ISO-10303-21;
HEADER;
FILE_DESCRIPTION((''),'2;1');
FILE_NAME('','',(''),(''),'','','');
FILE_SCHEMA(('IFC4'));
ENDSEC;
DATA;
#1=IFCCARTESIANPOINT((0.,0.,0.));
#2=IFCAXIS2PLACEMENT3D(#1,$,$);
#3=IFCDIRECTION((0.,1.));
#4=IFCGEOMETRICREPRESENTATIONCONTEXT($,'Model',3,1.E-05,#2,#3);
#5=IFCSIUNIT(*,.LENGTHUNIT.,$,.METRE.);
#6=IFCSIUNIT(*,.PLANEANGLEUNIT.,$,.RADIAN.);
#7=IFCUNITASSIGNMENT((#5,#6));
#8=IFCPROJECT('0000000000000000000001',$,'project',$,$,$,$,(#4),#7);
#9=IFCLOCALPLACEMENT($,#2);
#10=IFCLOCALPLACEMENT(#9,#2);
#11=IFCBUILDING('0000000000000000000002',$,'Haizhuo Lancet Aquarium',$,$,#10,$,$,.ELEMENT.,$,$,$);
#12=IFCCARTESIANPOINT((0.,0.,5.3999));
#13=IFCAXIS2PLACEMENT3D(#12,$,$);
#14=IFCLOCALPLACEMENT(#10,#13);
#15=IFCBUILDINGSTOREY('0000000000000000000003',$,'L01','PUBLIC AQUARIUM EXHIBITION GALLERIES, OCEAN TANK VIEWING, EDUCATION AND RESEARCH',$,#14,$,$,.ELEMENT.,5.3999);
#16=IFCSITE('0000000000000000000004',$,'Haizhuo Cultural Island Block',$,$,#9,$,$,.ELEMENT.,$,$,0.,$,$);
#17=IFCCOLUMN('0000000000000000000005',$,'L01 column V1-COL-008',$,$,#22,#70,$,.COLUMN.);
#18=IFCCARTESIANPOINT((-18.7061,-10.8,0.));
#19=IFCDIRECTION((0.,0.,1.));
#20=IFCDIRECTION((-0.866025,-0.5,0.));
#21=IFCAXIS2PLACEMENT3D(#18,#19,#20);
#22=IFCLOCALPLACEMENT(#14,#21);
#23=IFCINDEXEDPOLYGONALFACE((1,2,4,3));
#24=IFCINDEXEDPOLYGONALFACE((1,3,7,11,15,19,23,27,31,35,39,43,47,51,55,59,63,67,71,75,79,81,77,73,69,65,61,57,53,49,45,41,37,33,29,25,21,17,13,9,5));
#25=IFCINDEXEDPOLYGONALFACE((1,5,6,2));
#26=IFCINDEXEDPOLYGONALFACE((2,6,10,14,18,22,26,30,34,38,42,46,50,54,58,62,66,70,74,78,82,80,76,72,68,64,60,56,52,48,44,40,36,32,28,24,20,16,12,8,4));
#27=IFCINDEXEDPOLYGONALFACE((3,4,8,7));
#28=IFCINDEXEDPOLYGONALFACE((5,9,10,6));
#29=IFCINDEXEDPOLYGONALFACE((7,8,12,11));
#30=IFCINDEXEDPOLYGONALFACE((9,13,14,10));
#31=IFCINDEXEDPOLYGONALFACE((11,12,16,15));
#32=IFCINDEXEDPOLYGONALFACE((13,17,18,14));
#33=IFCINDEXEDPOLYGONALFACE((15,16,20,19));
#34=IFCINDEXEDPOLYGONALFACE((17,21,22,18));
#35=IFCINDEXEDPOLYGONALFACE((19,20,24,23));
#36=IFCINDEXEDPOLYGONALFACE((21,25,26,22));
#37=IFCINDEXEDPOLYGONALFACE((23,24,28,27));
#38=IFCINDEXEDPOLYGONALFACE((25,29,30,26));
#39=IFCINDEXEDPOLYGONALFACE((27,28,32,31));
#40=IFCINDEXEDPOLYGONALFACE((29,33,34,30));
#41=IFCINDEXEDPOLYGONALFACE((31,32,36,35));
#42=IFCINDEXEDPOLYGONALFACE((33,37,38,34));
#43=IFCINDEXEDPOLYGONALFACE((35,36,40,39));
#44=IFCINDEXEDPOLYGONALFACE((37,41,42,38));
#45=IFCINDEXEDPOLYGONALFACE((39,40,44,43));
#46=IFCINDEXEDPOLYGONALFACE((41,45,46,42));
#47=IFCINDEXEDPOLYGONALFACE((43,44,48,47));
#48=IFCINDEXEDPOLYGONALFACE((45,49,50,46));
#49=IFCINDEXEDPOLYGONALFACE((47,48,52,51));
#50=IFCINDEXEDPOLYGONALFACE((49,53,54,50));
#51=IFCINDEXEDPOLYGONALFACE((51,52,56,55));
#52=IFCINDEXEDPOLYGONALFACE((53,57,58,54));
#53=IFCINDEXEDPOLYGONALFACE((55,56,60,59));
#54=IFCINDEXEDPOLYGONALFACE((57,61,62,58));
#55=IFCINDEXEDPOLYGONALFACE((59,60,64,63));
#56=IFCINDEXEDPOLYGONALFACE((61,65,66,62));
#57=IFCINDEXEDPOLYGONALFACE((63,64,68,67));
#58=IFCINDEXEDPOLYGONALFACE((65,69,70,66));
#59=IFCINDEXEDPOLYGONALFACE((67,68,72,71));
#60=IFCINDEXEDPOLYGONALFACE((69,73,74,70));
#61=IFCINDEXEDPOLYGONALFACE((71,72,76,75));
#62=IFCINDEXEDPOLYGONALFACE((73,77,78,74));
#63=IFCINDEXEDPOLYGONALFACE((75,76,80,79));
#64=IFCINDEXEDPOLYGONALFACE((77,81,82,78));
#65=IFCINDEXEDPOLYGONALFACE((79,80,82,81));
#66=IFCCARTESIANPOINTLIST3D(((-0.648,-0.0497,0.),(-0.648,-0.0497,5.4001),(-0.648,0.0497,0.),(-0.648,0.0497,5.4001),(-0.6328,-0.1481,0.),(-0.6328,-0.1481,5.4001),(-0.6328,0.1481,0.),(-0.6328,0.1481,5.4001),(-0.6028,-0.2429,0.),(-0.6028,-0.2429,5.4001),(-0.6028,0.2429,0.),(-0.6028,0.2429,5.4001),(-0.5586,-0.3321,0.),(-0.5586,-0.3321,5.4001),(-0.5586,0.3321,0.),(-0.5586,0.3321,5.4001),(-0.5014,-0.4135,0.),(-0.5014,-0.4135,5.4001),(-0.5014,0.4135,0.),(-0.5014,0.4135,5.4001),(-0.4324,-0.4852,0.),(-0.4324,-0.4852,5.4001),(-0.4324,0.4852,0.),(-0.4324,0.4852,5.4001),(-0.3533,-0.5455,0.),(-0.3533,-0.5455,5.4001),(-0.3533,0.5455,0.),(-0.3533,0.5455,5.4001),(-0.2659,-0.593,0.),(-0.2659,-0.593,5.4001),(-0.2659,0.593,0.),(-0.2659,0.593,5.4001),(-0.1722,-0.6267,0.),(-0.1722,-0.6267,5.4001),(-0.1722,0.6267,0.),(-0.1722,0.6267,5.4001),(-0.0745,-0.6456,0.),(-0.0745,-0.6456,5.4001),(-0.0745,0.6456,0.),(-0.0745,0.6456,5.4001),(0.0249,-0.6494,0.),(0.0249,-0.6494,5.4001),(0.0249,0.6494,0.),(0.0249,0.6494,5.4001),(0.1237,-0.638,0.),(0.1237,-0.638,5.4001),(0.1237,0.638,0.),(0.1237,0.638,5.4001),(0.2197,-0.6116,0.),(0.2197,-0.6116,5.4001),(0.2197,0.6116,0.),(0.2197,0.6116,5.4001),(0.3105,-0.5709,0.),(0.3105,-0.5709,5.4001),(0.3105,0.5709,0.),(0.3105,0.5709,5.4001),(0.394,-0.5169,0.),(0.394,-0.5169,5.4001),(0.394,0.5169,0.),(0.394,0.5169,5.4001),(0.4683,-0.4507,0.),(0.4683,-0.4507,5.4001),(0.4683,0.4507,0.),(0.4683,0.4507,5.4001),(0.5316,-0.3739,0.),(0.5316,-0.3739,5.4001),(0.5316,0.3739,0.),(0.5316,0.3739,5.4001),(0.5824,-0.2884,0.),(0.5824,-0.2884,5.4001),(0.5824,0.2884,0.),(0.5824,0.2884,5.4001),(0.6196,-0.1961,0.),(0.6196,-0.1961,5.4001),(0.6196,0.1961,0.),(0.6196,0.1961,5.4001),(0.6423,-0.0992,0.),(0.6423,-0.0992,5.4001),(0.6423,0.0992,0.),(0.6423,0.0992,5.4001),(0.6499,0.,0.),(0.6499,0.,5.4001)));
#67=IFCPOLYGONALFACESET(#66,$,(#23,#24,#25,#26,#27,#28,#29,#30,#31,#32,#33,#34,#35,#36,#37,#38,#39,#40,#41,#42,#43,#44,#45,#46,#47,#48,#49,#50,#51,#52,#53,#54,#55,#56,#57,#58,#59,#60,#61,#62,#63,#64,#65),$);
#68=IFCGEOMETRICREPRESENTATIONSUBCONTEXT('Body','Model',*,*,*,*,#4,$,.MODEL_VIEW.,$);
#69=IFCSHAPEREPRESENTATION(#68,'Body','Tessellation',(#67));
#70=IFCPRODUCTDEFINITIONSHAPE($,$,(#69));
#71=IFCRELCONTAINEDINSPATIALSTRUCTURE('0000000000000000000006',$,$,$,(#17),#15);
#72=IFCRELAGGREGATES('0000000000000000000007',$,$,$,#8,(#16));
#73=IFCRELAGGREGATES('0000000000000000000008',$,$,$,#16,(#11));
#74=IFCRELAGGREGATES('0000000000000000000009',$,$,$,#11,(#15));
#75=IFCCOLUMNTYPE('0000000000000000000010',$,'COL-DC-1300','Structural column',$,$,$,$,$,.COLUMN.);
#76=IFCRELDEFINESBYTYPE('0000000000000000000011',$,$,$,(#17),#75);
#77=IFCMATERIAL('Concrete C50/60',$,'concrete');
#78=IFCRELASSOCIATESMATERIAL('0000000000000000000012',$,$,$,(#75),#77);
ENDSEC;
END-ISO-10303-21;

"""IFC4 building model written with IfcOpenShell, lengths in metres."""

from ifc_helpers import new_model, si_unit, direction, frame, origin, origin_2d, place, context, subcontext, project, spatial, circle, extrude, material, material_profile, profile_set, type_object, element, save


model = new_model("IFC4")

# Units and contexts
model_context = context("Model", 3, precision=1e-05, world=origin(), true_north=direction((0.0, 1.0)))
body_context = subcontext(model_context, "Body", "Model", "MODEL_VIEW")
ifc_project = project(units=[si_unit("LENGTHUNIT", "METRE"), si_unit("PLANEANGLEUNIT", "RADIAN")], contexts=[model_context])

# Site, building, storey
site_placement = place(None, origin())
site = spatial("IfcSite", under=ifc_project, at=site_placement, Name="Haizhuo Cultural Island Block", CompositionType="ELEMENT", RefElevation=0.0)
building_placement = place(site_placement, origin())
building = spatial("IfcBuilding", under=site, at=building_placement, Name="Haizhuo Lancet Aquarium", CompositionType="ELEMENT")
storey_placement = place(building_placement, frame((0.0, 0.0, 5.3999)))
storey = spatial("IfcBuildingStorey", under=building, at=storey_placement, Name="L01", Description="PUBLIC AQUARIUM EXHIBITION GALLERIES, OCEAN TANK VIEWING, EDUCATION AND RESEARCH", CompositionType="ELEMENT", Elevation=5.3999)

# Column
ifc_material_1 = material(Name="Concrete C50/60", Category="concrete")
ifc_material_profile_1 = material_profile(ifc_material_1, circle(Radius=0.6499, at=origin_2d()), Name="RC-DC 1300")
ifc_profile_set_1 = profile_set([ifc_material_profile_1], Name="Concrete C50/60")
column_type_1 = type_object("IfcColumnType", Name="COL-DC-1300", Description="Structural column", PredefinedType="COLUMN", material=ifc_profile_set_1)
column_1_placement = place(storey_placement, frame((-18.7061, -10.8, 0.0), z_axis=(0.0, 0.0, 1.0), x_axis=(-0.866025, -0.5, 0.0)))
element("IfcColumn", 1, at=column_1_placement, inside=storey, type_object=column_type_1, Name="L01 column V1-COL-008", PredefinedType="COLUMN", context=body_context, shape_type="SweptSolid", body=[
    extrude(circle(Radius=0.6499, at=origin_2d()), origin(), (0.0, 0.0, 1.0), 5.4001),
])

save(model, "model.ifc")
